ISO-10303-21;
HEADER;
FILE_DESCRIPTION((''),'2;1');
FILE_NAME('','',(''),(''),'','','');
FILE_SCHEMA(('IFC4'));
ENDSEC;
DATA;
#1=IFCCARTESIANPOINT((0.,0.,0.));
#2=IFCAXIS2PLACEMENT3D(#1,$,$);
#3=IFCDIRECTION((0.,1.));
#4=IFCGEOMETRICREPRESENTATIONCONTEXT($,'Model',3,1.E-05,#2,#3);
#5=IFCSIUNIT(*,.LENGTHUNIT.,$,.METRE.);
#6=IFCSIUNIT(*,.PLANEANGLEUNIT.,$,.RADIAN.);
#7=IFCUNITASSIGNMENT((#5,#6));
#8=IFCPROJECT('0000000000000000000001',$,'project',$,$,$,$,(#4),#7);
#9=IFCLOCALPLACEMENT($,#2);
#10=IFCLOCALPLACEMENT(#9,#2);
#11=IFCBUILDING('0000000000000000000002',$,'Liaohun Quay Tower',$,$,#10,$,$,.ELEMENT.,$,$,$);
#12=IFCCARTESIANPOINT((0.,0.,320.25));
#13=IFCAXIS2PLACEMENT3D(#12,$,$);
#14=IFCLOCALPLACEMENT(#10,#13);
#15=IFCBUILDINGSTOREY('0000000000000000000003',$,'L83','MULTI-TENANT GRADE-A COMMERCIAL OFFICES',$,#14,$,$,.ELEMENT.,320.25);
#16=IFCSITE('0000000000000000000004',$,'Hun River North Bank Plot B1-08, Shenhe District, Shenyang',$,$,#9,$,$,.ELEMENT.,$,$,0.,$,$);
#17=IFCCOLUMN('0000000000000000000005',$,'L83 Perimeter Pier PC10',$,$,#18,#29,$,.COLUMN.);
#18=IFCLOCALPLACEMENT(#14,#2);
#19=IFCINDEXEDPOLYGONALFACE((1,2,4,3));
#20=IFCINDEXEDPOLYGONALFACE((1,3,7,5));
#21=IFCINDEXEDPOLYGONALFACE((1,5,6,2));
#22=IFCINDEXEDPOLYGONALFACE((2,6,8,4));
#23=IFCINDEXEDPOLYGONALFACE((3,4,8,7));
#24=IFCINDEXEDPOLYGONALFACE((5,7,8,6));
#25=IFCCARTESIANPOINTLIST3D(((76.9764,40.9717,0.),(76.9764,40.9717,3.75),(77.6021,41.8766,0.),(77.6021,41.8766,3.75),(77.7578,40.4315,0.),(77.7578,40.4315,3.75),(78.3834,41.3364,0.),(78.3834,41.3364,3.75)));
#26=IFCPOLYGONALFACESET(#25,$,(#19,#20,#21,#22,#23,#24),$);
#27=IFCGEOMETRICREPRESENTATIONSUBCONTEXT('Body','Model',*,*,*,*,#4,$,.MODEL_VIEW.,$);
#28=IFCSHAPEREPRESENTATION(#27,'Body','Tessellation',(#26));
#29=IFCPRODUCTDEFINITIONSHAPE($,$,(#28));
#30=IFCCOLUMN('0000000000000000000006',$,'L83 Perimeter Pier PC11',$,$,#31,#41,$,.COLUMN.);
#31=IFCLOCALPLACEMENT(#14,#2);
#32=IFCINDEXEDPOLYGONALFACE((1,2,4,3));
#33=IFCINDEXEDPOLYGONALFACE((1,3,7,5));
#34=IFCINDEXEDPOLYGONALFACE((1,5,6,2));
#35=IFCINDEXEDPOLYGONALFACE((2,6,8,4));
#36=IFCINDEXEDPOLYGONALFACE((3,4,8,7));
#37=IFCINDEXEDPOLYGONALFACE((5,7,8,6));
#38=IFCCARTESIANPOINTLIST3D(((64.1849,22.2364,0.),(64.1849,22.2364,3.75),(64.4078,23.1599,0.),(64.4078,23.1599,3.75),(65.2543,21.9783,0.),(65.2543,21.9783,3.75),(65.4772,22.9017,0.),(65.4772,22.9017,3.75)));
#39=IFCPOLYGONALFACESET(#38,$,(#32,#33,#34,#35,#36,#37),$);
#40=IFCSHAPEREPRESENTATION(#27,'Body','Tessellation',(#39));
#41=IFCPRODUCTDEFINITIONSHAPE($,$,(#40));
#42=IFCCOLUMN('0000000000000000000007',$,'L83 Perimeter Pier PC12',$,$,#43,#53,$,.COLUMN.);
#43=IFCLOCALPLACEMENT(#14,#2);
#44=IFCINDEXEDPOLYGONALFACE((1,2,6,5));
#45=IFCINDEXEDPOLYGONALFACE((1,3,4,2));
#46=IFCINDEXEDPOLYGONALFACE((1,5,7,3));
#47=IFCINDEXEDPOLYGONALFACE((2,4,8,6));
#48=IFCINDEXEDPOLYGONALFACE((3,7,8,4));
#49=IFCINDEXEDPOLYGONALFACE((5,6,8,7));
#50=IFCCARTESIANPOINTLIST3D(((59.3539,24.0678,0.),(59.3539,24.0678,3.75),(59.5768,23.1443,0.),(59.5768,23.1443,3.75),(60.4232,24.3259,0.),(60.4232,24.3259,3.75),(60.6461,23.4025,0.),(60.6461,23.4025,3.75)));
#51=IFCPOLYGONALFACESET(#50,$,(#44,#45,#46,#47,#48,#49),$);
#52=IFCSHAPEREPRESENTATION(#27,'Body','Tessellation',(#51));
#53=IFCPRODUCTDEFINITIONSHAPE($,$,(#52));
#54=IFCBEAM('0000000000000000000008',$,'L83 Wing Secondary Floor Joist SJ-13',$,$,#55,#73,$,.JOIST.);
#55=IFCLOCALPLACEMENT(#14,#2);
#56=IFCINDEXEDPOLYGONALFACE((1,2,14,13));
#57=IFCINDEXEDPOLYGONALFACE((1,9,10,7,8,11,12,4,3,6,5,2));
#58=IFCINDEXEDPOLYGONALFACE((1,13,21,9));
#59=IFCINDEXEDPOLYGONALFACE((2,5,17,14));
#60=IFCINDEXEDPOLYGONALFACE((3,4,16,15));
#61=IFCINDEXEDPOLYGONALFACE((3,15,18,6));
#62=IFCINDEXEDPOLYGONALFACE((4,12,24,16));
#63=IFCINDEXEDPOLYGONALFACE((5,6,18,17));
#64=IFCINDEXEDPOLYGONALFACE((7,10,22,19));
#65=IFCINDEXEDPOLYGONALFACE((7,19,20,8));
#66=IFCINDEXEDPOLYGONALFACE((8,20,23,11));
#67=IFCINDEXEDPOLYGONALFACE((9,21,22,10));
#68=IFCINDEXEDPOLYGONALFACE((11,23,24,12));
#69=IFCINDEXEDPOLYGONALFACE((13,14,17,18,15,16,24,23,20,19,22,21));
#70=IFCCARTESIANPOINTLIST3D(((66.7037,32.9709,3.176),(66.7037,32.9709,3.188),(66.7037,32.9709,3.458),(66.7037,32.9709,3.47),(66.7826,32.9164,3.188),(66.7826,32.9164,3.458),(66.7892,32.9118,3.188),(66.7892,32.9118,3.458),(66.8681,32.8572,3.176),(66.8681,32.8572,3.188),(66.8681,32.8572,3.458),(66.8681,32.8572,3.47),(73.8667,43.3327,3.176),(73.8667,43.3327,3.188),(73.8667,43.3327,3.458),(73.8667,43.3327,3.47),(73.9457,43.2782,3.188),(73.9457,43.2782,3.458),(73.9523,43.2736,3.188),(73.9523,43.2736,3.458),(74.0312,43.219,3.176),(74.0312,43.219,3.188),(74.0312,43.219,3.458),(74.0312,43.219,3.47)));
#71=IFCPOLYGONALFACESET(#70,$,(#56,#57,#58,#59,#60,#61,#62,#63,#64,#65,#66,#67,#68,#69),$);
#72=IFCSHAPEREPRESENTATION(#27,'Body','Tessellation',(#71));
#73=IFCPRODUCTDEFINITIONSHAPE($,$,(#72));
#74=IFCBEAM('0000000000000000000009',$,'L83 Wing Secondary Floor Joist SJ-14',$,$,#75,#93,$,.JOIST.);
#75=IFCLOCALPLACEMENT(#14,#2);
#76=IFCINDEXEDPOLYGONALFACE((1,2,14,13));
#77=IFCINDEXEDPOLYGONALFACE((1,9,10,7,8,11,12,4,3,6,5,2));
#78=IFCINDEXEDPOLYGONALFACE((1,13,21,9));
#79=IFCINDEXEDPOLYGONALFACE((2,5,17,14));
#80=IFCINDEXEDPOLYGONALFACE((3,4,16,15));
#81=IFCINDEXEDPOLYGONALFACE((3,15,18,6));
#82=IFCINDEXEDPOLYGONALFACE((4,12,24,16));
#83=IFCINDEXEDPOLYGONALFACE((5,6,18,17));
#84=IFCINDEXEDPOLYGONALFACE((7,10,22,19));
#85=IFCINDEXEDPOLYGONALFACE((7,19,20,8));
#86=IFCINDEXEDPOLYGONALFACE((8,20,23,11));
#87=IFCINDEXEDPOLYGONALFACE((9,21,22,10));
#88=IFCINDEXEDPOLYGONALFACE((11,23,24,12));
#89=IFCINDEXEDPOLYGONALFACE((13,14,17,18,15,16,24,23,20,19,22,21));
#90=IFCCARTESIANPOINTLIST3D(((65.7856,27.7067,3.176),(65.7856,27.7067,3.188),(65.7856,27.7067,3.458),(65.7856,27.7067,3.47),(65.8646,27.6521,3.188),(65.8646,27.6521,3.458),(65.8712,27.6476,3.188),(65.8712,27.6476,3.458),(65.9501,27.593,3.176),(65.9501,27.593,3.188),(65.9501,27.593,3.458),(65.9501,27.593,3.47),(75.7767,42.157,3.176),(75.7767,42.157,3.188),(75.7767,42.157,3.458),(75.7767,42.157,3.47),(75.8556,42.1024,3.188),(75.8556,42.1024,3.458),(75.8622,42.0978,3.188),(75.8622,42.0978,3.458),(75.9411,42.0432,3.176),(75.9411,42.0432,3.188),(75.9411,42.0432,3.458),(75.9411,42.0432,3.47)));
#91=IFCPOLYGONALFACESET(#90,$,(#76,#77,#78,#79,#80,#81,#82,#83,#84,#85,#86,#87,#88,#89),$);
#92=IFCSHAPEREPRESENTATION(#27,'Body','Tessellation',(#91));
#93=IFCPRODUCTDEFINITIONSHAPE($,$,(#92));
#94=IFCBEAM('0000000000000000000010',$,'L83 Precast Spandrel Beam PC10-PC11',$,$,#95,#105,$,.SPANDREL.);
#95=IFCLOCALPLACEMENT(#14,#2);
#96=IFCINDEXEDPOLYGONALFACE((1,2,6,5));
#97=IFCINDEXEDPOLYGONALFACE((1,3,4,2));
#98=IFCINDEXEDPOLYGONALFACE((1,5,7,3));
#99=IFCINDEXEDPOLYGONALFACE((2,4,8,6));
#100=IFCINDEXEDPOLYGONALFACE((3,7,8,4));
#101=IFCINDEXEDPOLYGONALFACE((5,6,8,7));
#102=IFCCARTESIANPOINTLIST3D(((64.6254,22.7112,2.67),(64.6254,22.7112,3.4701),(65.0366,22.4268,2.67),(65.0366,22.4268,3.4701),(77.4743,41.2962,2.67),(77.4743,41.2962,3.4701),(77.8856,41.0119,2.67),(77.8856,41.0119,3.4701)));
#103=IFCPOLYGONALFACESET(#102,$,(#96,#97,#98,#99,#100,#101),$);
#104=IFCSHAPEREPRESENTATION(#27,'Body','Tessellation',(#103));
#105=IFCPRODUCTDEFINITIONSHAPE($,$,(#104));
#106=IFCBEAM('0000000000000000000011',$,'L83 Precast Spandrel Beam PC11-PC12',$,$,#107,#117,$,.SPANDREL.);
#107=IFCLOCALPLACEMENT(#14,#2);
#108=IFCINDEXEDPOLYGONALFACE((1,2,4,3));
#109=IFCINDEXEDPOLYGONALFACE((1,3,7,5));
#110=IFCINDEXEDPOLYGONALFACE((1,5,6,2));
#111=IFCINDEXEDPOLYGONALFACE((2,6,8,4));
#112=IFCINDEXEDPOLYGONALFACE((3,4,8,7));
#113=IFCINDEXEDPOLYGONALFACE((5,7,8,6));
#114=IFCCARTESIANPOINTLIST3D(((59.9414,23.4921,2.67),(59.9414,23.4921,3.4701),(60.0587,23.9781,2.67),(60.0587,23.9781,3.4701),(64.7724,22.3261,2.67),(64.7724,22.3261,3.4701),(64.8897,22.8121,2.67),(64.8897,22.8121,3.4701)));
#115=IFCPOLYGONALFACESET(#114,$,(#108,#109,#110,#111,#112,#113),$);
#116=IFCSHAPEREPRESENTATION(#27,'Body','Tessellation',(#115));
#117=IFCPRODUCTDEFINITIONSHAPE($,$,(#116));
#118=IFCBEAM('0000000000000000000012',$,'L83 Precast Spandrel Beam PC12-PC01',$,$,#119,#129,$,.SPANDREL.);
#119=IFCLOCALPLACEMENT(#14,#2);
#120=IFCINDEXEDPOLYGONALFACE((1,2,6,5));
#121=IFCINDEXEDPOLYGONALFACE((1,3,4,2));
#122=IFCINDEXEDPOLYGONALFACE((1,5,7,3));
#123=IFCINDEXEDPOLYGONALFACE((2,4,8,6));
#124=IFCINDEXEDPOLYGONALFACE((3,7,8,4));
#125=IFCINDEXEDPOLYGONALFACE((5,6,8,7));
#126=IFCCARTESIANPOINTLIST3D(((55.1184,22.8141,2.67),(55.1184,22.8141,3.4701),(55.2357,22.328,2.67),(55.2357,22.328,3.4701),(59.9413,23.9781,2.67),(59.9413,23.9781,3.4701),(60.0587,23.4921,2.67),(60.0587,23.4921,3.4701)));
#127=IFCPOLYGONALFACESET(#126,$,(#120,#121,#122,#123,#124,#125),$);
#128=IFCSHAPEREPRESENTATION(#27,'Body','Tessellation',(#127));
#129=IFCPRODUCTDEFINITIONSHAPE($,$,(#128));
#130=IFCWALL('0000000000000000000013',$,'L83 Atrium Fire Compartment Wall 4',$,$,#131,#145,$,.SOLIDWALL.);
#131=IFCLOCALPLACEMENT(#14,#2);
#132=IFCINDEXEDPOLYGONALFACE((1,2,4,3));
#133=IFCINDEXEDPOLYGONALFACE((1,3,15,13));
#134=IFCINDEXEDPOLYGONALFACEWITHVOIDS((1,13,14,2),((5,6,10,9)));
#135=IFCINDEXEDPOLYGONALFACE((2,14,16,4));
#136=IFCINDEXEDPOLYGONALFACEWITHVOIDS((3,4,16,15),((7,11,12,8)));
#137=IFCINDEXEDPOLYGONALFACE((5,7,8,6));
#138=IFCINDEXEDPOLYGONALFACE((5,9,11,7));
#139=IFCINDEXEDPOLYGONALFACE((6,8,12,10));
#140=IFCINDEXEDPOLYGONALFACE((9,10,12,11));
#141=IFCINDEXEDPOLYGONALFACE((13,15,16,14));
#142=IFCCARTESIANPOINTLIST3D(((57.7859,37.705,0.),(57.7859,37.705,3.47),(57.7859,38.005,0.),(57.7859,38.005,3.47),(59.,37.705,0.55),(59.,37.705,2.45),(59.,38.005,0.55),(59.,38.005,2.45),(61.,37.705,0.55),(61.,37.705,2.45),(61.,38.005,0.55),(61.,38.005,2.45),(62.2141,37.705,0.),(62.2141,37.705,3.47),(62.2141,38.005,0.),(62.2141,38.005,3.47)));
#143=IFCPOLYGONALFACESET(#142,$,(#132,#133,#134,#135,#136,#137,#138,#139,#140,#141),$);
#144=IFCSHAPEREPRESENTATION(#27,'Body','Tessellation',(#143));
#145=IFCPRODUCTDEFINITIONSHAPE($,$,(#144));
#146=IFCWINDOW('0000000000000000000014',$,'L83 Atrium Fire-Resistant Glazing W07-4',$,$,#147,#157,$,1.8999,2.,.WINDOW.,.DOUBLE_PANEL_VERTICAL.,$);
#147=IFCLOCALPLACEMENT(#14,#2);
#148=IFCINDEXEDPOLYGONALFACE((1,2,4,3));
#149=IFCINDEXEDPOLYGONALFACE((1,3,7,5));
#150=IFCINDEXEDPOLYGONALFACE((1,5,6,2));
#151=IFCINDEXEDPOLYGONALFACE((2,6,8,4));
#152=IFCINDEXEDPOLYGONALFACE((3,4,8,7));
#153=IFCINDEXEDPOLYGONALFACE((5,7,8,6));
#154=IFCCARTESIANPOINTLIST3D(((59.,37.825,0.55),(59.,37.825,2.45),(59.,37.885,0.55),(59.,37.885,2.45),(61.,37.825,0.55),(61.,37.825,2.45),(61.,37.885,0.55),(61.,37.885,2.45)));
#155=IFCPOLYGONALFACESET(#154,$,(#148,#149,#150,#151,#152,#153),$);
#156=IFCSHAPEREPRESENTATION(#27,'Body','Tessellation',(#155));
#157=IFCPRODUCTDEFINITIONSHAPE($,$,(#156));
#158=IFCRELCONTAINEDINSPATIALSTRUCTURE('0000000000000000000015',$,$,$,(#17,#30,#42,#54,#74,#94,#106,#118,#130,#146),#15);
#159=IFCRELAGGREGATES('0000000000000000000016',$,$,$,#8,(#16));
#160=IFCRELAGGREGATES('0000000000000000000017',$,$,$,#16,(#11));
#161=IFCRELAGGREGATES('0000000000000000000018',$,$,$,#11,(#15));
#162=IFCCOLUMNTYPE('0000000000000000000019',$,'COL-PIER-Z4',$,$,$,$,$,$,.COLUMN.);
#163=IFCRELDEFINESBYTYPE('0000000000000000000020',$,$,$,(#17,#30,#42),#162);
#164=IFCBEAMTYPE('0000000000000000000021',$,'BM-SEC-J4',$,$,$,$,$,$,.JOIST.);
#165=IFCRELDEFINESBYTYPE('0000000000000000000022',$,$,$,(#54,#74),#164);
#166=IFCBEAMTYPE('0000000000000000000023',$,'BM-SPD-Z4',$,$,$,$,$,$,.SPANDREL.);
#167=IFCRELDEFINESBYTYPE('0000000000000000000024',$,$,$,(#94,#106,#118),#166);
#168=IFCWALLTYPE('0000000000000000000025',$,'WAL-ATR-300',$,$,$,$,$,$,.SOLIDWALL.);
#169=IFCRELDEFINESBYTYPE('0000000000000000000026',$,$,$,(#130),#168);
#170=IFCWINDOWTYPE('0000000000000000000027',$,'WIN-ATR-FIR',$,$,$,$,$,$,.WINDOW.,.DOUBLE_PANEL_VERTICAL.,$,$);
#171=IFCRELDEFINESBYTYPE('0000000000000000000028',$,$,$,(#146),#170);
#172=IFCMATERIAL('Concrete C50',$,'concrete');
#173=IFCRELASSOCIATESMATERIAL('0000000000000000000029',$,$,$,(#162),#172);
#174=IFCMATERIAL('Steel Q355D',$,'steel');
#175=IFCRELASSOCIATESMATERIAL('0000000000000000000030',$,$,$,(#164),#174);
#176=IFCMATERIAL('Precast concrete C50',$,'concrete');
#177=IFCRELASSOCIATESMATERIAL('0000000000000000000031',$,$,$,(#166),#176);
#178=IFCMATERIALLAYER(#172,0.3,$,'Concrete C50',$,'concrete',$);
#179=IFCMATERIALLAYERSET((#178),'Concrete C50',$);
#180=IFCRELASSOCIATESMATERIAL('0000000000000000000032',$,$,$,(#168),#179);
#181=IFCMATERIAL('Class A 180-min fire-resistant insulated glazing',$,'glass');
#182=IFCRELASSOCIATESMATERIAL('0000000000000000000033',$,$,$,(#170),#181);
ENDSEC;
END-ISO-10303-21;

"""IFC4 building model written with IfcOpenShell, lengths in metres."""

from ifc_helpers import new_model, si_unit, direction, frame, frame_2d, origin, origin_2d, place, context, subcontext, project, spatial, rectangle, i_section, extrude, source, transform, mapped, material, layer, layer_set, material_profile, profile_set, type_object, element, fill, save


model = new_model("IFC4")

# Units and contexts
model_context = context("Model", 3, precision=1e-05, world=origin(), true_north=direction((0.0, 1.0)))
body_context = subcontext(model_context, "Body", "Model", "MODEL_VIEW")
ifc_project = project(units=[si_unit("LENGTHUNIT", "METRE"), si_unit("PLANEANGLEUNIT", "RADIAN")], contexts=[model_context])

# Site, building, storey
site_placement = place(None, origin())
site = spatial("IfcSite", under=ifc_project, at=site_placement, Name="Hun River North Bank Plot B1-08, Shenhe District, Shenyang", CompositionType="ELEMENT", RefElevation=0.0)
building_placement = place(site_placement, origin())
building = spatial("IfcBuilding", under=site, at=building_placement, Name="Liaohun Quay Tower", CompositionType="ELEMENT")
storey_placement = place(building_placement, frame((0.0, 0.0, 320.25)))
storey = spatial("IfcBuildingStorey", under=building, at=storey_placement, Name="L83", Description="MULTI-TENANT GRADE-A COMMERCIAL OFFICES", CompositionType="ELEMENT", Elevation=320.25)

# Columns
ifc_material_1 = material(Name="Concrete C50", Category="concrete")
ifc_material_profile_1 = material_profile(ifc_material_1, rectangle(XDim=1.1001, YDim=0.95, at=origin_2d()), Name="RC1100x950")
ifc_profile_set_1 = profile_set([ifc_material_profile_1], Name="Concrete C50")
column_type = type_object("IfcColumnType", Name="COL-PIER-Z4", PredefinedType="COLUMN", material=ifc_profile_set_1)
shared_shape_1 = source(origin(), body_context, "Body", "SweptSolid", [
    extrude(rectangle(XDim=1.1001, YDim=0.95, at=origin_2d()), origin(), (0.0, 0.0, 1.0), 3.75),
])
for number, where, z_axis, x_axis, name in (
    (1, (77.6799, 41.1541, 0.0), (0.0, 0.0, 1.0), (0.568705, 0.822541, 0.0), "L83 Perimeter Pier PC10"),
    (2, (64.8311, 22.5691, 0.0), (0.0, 0.0, 1.0), (-0.972084, 0.234633, 0.0), "L83 Perimeter Pier PC11"),
    (3, (60.0, 23.7351, 0.0), (0.0, 0.0, 1.0), (0.972084, 0.234633, 0.0), "L83 Perimeter Pier PC12"),
):
    element("IfcColumn", number, at=place(storey_placement, frame(where, z_axis=z_axis, x_axis=x_axis)), inside=storey, type_object=column_type, Name=name, PredefinedType="COLUMN", context=body_context, shape_type="MappedRepresentation", body=[
        mapped(shared_shape_1, transform((0.0, 0.0, 0.0), x_axis=(1.0, 0.0, 0.0), y_axis=(0.0, 1.0, 0.0), z_axis=(0.0, 0.0, 1.0), scale=1.0)),
    ])

# Beams
ifc_material_2 = material(Name="Steel Q355D", Category="steel")
ifc_material_profile_2 = material_profile(ifc_material_2, i_section(OverallWidth=0.2, OverallDepth=0.2939, WebThickness=0.0081, FlangeThickness=0.012, at=origin_2d()), Name="HM294x200x8x12")
ifc_profile_set_2 = profile_set([ifc_material_profile_2], Name="Steel Q355D")
beam_type_1 = type_object("IfcBeamType", Name="BM-SEC-J4", PredefinedType="JOIST", material=ifc_profile_set_2)
shared_shape_2 = source(origin(), body_context, "Body", "SweptSolid", [
    extrude(i_section(OverallWidth=0.2, OverallDepth=0.2939, WebThickness=0.0081, FlangeThickness=0.012, at=origin_2d()), origin(), (0.0, 0.0, 1.0), 12.5967),
])
beam_1_placement = place(storey_placement, frame((73.949, 43.2759, 3.323), z_axis=(-0.568647, -0.822581, 0.0), x_axis=(0.822581, -0.568647, 0.0)))
element("IfcBeam", 4, at=beam_1_placement, inside=storey, type_object=beam_type_1, Name="L83 Wing Secondary Floor Joist SJ-13", PredefinedType="JOIST", context=body_context, shape_type="MappedRepresentation", body=[
    mapped(shared_shape_2, transform((0.0, 0.0, 0.0), x_axis=(1.0, 0.0, 0.0), y_axis=(0.0, 1.0, 0.0), z_axis=(0.0, 0.0, 1.0), scale=1.0)),
])
shared_shape_3 = source(origin(), body_context, "Body", "SweptSolid", [
    extrude(i_section(OverallWidth=0.2, OverallDepth=0.2939, WebThickness=0.0081, FlangeThickness=0.012, at=origin_2d()), origin(), (0.0, 0.0, 1.0), 17.5679),
])
beam_2_placement = place(storey_placement, frame((75.8589, 42.1001, 3.323), z_axis=(-0.568709, -0.822539, 0.0), x_axis=(0.822539, -0.568709, 0.0)))
element("IfcBeam", 5, at=beam_2_placement, inside=storey, type_object=beam_type_1, Name="L83 Wing Secondary Floor Joist SJ-14", PredefinedType="JOIST", context=body_context, shape_type="MappedRepresentation", body=[
    mapped(shared_shape_3, transform((0.0, 0.0, 0.0), x_axis=(1.0, 0.0, 0.0), y_axis=(0.0, 1.0, 0.0), z_axis=(0.0, 0.0, 1.0), scale=1.0)),
])
ifc_material_3 = material(Name="Precast concrete C50", Category="concrete")
ifc_material_profile_3 = material_profile(ifc_material_3, rectangle(XDim=0.5, YDim=0.8, at=origin_2d()), Name="RC500x800")
ifc_profile_set_3 = profile_set([ifc_material_profile_3], Name="Precast concrete C50")
beam_type_2 = type_object("IfcBeamType", Name="BM-SPD-Z4", PredefinedType="SPANDREL", material=ifc_profile_set_3)
shared_shape_4 = source(origin(), body_context, "Body", "SweptSolid", [
    extrude(rectangle(XDim=0.5, YDim=0.8, at=origin_2d()), origin(), (0.0, 0.0, 1.0), 22.5942),
])
beam_3_placement = place(storey_placement, frame((77.6799, 41.1541, 3.0701), z_axis=(-0.568682, -0.822557, 0.0), x_axis=(0.822557, -0.568682, 0.0)))
element("IfcBeam", 6, at=beam_3_placement, inside=storey, type_object=beam_type_2, Name="L83 Precast Spandrel Beam PC10-PC11", PredefinedType="SPANDREL", context=body_context, shape_type="MappedRepresentation", body=[
    mapped(shared_shape_4, transform((0.0, 0.0, 0.0), x_axis=(1.0, 0.0, 0.0), y_axis=(0.0, 1.0, 0.0), z_axis=(0.0, 0.0, 1.0), scale=1.0)),
])
shared_shape_5 = source(origin(), body_context, "Body", "SweptSolid", [
    extrude(rectangle(XDim=0.5, YDim=0.8, at=origin_2d()), origin(), (0.0, 0.0, 1.0), 4.9697),
])
beam_4_placement = place(storey_placement, frame((64.8311, 22.5691, 3.0701), z_axis=(-0.972087, 0.234621, 0.0), x_axis=(-0.234621, -0.972087, 0.0)))
element("IfcBeam", 7, at=beam_4_placement, inside=storey, type_object=beam_type_2, Name="L83 Precast Spandrel Beam PC11-PC12", PredefinedType="SPANDREL", context=body_context, shape_type="MappedRepresentation", body=[
    mapped(shared_shape_5, transform((0.0, 0.0, 0.0), x_axis=(1.0, 0.0, 0.0), y_axis=(0.0, 1.0, 0.0), z_axis=(0.0, 0.0, 1.0), scale=1.0)),
])
shared_shape_6 = source(origin(), body_context, "Body", "SweptSolid", [
    extrude(rectangle(XDim=0.5, YDim=0.8, at=origin_2d()), origin(), (0.0, 0.0, 1.0), 4.9614),
])
beam_5_placement = place(storey_placement, frame((60.0, 23.7351, 3.0701), z_axis=(-0.972087, -0.23462, 0.0), x_axis=(0.23462, -0.972087, 0.0)))
element("IfcBeam", 8, at=beam_5_placement, inside=storey, type_object=beam_type_2, Name="L83 Precast Spandrel Beam PC12-PC01", PredefinedType="SPANDREL", context=body_context, shape_type="MappedRepresentation", body=[
    mapped(shared_shape_6, transform((0.0, 0.0, 0.0), x_axis=(1.0, 0.0, 0.0), y_axis=(0.0, 1.0, 0.0), z_axis=(0.0, 0.0, 1.0), scale=1.0)),
])

# Wall, opening, window
ifc_layer_1 = layer(ifc_material_1, 0.3, Name="Concrete C50", Category="concrete")
ifc_layer_set_1 = layer_set([ifc_layer_1], Name="Concrete C50")
wall_type_1 = type_object("IfcWallType", Name="WAL-ATR-300", PredefinedType="SOLIDWALL", material=ifc_layer_set_1)
wall_1_placement = place(storey_placement, frame((62.2141, 37.855, 0.0), z_axis=(0.0, 0.0, 1.0), x_axis=(-1.0, 0.0, 0.0)))
wall_1 = element("IfcWall", 9, at=wall_1_placement, inside=storey, type_object=wall_type_1, Name="L83 Atrium Fire Compartment Wall 4", PredefinedType="SOLIDWALL", context=body_context, shape_type="SweptSolid", body=[
    extrude(rectangle(XDim=4.4282, YDim=0.3, at=frame_2d((2.2141, 0.0))), origin(), (0.0, 0.0, 1.0), 3.47),
])
shared_shape_7 = source(origin(), body_context, "Body", "SweptSolid", [
    extrude(rectangle(XDim=2.0, YDim=1.8999, at=frame_2d((1.0, 0.95))), frame((0.0, 0.1599, 0.0), z_axis=(0.0, -1.0, 0.0), x_axis=(1.0, 0.0, 0.0)), (0.0, 0.0, 1.0), 0.3201),
])
opening_1_placement = place(wall_1_placement, frame((1.2141, 0.0, 0.55)))
opening_1 = element("IfcOpeningElement", 10, at=opening_1_placement, cuts=wall_1, PredefinedType="OPENING", context=body_context, shape_type="MappedRepresentation", body=[
    mapped(shared_shape_7, transform((0.0, 0.0, 0.0), x_axis=(1.0, 0.0, 0.0), y_axis=(0.0, 1.0, 0.0), z_axis=(0.0, 0.0, 1.0), scale=1.0)),
])
ifc_material_4 = material(Name="Class A 180-min fire-resistant insulated glazing", Category="glass")
window_type_1 = type_object("IfcWindowType", Name="WIN-ATR-FIR", PartitioningType="DOUBLE_PANEL_VERTICAL", PredefinedType="WINDOW", material=ifc_material_4)
shared_shape_8 = source(origin(), body_context, "Body", "SweptSolid", [
    extrude(rectangle(XDim=2.0, YDim=1.8999, at=frame_2d((1.0, 0.95))), frame((0.0, 0.03, 0.0), z_axis=(0.0, -1.0, 0.0), x_axis=(1.0, 0.0, 0.0)), (0.0, 0.0, 1.0), 0.0601),
])
window_1_placement = place(opening_1_placement, origin())
window_1 = element("IfcWindow", 11, at=window_1_placement, inside=storey, type_object=window_type_1, Name="L83 Atrium Fire-Resistant Glazing W07-4", OverallHeight=1.8999, OverallWidth=2.0, PartitioningType="DOUBLE_PANEL_VERTICAL", PredefinedType="WINDOW", context=body_context, shape_type="MappedRepresentation", body=[
    mapped(shared_shape_8, transform((0.0, 0.0, 0.0), x_axis=(1.0, 0.0, 0.0), y_axis=(0.0, 1.0, 0.0), z_axis=(0.0, 0.0, 1.0), scale=1.0)),
])
fill(opening_1, window_1)

save(model, "model.ifc")
